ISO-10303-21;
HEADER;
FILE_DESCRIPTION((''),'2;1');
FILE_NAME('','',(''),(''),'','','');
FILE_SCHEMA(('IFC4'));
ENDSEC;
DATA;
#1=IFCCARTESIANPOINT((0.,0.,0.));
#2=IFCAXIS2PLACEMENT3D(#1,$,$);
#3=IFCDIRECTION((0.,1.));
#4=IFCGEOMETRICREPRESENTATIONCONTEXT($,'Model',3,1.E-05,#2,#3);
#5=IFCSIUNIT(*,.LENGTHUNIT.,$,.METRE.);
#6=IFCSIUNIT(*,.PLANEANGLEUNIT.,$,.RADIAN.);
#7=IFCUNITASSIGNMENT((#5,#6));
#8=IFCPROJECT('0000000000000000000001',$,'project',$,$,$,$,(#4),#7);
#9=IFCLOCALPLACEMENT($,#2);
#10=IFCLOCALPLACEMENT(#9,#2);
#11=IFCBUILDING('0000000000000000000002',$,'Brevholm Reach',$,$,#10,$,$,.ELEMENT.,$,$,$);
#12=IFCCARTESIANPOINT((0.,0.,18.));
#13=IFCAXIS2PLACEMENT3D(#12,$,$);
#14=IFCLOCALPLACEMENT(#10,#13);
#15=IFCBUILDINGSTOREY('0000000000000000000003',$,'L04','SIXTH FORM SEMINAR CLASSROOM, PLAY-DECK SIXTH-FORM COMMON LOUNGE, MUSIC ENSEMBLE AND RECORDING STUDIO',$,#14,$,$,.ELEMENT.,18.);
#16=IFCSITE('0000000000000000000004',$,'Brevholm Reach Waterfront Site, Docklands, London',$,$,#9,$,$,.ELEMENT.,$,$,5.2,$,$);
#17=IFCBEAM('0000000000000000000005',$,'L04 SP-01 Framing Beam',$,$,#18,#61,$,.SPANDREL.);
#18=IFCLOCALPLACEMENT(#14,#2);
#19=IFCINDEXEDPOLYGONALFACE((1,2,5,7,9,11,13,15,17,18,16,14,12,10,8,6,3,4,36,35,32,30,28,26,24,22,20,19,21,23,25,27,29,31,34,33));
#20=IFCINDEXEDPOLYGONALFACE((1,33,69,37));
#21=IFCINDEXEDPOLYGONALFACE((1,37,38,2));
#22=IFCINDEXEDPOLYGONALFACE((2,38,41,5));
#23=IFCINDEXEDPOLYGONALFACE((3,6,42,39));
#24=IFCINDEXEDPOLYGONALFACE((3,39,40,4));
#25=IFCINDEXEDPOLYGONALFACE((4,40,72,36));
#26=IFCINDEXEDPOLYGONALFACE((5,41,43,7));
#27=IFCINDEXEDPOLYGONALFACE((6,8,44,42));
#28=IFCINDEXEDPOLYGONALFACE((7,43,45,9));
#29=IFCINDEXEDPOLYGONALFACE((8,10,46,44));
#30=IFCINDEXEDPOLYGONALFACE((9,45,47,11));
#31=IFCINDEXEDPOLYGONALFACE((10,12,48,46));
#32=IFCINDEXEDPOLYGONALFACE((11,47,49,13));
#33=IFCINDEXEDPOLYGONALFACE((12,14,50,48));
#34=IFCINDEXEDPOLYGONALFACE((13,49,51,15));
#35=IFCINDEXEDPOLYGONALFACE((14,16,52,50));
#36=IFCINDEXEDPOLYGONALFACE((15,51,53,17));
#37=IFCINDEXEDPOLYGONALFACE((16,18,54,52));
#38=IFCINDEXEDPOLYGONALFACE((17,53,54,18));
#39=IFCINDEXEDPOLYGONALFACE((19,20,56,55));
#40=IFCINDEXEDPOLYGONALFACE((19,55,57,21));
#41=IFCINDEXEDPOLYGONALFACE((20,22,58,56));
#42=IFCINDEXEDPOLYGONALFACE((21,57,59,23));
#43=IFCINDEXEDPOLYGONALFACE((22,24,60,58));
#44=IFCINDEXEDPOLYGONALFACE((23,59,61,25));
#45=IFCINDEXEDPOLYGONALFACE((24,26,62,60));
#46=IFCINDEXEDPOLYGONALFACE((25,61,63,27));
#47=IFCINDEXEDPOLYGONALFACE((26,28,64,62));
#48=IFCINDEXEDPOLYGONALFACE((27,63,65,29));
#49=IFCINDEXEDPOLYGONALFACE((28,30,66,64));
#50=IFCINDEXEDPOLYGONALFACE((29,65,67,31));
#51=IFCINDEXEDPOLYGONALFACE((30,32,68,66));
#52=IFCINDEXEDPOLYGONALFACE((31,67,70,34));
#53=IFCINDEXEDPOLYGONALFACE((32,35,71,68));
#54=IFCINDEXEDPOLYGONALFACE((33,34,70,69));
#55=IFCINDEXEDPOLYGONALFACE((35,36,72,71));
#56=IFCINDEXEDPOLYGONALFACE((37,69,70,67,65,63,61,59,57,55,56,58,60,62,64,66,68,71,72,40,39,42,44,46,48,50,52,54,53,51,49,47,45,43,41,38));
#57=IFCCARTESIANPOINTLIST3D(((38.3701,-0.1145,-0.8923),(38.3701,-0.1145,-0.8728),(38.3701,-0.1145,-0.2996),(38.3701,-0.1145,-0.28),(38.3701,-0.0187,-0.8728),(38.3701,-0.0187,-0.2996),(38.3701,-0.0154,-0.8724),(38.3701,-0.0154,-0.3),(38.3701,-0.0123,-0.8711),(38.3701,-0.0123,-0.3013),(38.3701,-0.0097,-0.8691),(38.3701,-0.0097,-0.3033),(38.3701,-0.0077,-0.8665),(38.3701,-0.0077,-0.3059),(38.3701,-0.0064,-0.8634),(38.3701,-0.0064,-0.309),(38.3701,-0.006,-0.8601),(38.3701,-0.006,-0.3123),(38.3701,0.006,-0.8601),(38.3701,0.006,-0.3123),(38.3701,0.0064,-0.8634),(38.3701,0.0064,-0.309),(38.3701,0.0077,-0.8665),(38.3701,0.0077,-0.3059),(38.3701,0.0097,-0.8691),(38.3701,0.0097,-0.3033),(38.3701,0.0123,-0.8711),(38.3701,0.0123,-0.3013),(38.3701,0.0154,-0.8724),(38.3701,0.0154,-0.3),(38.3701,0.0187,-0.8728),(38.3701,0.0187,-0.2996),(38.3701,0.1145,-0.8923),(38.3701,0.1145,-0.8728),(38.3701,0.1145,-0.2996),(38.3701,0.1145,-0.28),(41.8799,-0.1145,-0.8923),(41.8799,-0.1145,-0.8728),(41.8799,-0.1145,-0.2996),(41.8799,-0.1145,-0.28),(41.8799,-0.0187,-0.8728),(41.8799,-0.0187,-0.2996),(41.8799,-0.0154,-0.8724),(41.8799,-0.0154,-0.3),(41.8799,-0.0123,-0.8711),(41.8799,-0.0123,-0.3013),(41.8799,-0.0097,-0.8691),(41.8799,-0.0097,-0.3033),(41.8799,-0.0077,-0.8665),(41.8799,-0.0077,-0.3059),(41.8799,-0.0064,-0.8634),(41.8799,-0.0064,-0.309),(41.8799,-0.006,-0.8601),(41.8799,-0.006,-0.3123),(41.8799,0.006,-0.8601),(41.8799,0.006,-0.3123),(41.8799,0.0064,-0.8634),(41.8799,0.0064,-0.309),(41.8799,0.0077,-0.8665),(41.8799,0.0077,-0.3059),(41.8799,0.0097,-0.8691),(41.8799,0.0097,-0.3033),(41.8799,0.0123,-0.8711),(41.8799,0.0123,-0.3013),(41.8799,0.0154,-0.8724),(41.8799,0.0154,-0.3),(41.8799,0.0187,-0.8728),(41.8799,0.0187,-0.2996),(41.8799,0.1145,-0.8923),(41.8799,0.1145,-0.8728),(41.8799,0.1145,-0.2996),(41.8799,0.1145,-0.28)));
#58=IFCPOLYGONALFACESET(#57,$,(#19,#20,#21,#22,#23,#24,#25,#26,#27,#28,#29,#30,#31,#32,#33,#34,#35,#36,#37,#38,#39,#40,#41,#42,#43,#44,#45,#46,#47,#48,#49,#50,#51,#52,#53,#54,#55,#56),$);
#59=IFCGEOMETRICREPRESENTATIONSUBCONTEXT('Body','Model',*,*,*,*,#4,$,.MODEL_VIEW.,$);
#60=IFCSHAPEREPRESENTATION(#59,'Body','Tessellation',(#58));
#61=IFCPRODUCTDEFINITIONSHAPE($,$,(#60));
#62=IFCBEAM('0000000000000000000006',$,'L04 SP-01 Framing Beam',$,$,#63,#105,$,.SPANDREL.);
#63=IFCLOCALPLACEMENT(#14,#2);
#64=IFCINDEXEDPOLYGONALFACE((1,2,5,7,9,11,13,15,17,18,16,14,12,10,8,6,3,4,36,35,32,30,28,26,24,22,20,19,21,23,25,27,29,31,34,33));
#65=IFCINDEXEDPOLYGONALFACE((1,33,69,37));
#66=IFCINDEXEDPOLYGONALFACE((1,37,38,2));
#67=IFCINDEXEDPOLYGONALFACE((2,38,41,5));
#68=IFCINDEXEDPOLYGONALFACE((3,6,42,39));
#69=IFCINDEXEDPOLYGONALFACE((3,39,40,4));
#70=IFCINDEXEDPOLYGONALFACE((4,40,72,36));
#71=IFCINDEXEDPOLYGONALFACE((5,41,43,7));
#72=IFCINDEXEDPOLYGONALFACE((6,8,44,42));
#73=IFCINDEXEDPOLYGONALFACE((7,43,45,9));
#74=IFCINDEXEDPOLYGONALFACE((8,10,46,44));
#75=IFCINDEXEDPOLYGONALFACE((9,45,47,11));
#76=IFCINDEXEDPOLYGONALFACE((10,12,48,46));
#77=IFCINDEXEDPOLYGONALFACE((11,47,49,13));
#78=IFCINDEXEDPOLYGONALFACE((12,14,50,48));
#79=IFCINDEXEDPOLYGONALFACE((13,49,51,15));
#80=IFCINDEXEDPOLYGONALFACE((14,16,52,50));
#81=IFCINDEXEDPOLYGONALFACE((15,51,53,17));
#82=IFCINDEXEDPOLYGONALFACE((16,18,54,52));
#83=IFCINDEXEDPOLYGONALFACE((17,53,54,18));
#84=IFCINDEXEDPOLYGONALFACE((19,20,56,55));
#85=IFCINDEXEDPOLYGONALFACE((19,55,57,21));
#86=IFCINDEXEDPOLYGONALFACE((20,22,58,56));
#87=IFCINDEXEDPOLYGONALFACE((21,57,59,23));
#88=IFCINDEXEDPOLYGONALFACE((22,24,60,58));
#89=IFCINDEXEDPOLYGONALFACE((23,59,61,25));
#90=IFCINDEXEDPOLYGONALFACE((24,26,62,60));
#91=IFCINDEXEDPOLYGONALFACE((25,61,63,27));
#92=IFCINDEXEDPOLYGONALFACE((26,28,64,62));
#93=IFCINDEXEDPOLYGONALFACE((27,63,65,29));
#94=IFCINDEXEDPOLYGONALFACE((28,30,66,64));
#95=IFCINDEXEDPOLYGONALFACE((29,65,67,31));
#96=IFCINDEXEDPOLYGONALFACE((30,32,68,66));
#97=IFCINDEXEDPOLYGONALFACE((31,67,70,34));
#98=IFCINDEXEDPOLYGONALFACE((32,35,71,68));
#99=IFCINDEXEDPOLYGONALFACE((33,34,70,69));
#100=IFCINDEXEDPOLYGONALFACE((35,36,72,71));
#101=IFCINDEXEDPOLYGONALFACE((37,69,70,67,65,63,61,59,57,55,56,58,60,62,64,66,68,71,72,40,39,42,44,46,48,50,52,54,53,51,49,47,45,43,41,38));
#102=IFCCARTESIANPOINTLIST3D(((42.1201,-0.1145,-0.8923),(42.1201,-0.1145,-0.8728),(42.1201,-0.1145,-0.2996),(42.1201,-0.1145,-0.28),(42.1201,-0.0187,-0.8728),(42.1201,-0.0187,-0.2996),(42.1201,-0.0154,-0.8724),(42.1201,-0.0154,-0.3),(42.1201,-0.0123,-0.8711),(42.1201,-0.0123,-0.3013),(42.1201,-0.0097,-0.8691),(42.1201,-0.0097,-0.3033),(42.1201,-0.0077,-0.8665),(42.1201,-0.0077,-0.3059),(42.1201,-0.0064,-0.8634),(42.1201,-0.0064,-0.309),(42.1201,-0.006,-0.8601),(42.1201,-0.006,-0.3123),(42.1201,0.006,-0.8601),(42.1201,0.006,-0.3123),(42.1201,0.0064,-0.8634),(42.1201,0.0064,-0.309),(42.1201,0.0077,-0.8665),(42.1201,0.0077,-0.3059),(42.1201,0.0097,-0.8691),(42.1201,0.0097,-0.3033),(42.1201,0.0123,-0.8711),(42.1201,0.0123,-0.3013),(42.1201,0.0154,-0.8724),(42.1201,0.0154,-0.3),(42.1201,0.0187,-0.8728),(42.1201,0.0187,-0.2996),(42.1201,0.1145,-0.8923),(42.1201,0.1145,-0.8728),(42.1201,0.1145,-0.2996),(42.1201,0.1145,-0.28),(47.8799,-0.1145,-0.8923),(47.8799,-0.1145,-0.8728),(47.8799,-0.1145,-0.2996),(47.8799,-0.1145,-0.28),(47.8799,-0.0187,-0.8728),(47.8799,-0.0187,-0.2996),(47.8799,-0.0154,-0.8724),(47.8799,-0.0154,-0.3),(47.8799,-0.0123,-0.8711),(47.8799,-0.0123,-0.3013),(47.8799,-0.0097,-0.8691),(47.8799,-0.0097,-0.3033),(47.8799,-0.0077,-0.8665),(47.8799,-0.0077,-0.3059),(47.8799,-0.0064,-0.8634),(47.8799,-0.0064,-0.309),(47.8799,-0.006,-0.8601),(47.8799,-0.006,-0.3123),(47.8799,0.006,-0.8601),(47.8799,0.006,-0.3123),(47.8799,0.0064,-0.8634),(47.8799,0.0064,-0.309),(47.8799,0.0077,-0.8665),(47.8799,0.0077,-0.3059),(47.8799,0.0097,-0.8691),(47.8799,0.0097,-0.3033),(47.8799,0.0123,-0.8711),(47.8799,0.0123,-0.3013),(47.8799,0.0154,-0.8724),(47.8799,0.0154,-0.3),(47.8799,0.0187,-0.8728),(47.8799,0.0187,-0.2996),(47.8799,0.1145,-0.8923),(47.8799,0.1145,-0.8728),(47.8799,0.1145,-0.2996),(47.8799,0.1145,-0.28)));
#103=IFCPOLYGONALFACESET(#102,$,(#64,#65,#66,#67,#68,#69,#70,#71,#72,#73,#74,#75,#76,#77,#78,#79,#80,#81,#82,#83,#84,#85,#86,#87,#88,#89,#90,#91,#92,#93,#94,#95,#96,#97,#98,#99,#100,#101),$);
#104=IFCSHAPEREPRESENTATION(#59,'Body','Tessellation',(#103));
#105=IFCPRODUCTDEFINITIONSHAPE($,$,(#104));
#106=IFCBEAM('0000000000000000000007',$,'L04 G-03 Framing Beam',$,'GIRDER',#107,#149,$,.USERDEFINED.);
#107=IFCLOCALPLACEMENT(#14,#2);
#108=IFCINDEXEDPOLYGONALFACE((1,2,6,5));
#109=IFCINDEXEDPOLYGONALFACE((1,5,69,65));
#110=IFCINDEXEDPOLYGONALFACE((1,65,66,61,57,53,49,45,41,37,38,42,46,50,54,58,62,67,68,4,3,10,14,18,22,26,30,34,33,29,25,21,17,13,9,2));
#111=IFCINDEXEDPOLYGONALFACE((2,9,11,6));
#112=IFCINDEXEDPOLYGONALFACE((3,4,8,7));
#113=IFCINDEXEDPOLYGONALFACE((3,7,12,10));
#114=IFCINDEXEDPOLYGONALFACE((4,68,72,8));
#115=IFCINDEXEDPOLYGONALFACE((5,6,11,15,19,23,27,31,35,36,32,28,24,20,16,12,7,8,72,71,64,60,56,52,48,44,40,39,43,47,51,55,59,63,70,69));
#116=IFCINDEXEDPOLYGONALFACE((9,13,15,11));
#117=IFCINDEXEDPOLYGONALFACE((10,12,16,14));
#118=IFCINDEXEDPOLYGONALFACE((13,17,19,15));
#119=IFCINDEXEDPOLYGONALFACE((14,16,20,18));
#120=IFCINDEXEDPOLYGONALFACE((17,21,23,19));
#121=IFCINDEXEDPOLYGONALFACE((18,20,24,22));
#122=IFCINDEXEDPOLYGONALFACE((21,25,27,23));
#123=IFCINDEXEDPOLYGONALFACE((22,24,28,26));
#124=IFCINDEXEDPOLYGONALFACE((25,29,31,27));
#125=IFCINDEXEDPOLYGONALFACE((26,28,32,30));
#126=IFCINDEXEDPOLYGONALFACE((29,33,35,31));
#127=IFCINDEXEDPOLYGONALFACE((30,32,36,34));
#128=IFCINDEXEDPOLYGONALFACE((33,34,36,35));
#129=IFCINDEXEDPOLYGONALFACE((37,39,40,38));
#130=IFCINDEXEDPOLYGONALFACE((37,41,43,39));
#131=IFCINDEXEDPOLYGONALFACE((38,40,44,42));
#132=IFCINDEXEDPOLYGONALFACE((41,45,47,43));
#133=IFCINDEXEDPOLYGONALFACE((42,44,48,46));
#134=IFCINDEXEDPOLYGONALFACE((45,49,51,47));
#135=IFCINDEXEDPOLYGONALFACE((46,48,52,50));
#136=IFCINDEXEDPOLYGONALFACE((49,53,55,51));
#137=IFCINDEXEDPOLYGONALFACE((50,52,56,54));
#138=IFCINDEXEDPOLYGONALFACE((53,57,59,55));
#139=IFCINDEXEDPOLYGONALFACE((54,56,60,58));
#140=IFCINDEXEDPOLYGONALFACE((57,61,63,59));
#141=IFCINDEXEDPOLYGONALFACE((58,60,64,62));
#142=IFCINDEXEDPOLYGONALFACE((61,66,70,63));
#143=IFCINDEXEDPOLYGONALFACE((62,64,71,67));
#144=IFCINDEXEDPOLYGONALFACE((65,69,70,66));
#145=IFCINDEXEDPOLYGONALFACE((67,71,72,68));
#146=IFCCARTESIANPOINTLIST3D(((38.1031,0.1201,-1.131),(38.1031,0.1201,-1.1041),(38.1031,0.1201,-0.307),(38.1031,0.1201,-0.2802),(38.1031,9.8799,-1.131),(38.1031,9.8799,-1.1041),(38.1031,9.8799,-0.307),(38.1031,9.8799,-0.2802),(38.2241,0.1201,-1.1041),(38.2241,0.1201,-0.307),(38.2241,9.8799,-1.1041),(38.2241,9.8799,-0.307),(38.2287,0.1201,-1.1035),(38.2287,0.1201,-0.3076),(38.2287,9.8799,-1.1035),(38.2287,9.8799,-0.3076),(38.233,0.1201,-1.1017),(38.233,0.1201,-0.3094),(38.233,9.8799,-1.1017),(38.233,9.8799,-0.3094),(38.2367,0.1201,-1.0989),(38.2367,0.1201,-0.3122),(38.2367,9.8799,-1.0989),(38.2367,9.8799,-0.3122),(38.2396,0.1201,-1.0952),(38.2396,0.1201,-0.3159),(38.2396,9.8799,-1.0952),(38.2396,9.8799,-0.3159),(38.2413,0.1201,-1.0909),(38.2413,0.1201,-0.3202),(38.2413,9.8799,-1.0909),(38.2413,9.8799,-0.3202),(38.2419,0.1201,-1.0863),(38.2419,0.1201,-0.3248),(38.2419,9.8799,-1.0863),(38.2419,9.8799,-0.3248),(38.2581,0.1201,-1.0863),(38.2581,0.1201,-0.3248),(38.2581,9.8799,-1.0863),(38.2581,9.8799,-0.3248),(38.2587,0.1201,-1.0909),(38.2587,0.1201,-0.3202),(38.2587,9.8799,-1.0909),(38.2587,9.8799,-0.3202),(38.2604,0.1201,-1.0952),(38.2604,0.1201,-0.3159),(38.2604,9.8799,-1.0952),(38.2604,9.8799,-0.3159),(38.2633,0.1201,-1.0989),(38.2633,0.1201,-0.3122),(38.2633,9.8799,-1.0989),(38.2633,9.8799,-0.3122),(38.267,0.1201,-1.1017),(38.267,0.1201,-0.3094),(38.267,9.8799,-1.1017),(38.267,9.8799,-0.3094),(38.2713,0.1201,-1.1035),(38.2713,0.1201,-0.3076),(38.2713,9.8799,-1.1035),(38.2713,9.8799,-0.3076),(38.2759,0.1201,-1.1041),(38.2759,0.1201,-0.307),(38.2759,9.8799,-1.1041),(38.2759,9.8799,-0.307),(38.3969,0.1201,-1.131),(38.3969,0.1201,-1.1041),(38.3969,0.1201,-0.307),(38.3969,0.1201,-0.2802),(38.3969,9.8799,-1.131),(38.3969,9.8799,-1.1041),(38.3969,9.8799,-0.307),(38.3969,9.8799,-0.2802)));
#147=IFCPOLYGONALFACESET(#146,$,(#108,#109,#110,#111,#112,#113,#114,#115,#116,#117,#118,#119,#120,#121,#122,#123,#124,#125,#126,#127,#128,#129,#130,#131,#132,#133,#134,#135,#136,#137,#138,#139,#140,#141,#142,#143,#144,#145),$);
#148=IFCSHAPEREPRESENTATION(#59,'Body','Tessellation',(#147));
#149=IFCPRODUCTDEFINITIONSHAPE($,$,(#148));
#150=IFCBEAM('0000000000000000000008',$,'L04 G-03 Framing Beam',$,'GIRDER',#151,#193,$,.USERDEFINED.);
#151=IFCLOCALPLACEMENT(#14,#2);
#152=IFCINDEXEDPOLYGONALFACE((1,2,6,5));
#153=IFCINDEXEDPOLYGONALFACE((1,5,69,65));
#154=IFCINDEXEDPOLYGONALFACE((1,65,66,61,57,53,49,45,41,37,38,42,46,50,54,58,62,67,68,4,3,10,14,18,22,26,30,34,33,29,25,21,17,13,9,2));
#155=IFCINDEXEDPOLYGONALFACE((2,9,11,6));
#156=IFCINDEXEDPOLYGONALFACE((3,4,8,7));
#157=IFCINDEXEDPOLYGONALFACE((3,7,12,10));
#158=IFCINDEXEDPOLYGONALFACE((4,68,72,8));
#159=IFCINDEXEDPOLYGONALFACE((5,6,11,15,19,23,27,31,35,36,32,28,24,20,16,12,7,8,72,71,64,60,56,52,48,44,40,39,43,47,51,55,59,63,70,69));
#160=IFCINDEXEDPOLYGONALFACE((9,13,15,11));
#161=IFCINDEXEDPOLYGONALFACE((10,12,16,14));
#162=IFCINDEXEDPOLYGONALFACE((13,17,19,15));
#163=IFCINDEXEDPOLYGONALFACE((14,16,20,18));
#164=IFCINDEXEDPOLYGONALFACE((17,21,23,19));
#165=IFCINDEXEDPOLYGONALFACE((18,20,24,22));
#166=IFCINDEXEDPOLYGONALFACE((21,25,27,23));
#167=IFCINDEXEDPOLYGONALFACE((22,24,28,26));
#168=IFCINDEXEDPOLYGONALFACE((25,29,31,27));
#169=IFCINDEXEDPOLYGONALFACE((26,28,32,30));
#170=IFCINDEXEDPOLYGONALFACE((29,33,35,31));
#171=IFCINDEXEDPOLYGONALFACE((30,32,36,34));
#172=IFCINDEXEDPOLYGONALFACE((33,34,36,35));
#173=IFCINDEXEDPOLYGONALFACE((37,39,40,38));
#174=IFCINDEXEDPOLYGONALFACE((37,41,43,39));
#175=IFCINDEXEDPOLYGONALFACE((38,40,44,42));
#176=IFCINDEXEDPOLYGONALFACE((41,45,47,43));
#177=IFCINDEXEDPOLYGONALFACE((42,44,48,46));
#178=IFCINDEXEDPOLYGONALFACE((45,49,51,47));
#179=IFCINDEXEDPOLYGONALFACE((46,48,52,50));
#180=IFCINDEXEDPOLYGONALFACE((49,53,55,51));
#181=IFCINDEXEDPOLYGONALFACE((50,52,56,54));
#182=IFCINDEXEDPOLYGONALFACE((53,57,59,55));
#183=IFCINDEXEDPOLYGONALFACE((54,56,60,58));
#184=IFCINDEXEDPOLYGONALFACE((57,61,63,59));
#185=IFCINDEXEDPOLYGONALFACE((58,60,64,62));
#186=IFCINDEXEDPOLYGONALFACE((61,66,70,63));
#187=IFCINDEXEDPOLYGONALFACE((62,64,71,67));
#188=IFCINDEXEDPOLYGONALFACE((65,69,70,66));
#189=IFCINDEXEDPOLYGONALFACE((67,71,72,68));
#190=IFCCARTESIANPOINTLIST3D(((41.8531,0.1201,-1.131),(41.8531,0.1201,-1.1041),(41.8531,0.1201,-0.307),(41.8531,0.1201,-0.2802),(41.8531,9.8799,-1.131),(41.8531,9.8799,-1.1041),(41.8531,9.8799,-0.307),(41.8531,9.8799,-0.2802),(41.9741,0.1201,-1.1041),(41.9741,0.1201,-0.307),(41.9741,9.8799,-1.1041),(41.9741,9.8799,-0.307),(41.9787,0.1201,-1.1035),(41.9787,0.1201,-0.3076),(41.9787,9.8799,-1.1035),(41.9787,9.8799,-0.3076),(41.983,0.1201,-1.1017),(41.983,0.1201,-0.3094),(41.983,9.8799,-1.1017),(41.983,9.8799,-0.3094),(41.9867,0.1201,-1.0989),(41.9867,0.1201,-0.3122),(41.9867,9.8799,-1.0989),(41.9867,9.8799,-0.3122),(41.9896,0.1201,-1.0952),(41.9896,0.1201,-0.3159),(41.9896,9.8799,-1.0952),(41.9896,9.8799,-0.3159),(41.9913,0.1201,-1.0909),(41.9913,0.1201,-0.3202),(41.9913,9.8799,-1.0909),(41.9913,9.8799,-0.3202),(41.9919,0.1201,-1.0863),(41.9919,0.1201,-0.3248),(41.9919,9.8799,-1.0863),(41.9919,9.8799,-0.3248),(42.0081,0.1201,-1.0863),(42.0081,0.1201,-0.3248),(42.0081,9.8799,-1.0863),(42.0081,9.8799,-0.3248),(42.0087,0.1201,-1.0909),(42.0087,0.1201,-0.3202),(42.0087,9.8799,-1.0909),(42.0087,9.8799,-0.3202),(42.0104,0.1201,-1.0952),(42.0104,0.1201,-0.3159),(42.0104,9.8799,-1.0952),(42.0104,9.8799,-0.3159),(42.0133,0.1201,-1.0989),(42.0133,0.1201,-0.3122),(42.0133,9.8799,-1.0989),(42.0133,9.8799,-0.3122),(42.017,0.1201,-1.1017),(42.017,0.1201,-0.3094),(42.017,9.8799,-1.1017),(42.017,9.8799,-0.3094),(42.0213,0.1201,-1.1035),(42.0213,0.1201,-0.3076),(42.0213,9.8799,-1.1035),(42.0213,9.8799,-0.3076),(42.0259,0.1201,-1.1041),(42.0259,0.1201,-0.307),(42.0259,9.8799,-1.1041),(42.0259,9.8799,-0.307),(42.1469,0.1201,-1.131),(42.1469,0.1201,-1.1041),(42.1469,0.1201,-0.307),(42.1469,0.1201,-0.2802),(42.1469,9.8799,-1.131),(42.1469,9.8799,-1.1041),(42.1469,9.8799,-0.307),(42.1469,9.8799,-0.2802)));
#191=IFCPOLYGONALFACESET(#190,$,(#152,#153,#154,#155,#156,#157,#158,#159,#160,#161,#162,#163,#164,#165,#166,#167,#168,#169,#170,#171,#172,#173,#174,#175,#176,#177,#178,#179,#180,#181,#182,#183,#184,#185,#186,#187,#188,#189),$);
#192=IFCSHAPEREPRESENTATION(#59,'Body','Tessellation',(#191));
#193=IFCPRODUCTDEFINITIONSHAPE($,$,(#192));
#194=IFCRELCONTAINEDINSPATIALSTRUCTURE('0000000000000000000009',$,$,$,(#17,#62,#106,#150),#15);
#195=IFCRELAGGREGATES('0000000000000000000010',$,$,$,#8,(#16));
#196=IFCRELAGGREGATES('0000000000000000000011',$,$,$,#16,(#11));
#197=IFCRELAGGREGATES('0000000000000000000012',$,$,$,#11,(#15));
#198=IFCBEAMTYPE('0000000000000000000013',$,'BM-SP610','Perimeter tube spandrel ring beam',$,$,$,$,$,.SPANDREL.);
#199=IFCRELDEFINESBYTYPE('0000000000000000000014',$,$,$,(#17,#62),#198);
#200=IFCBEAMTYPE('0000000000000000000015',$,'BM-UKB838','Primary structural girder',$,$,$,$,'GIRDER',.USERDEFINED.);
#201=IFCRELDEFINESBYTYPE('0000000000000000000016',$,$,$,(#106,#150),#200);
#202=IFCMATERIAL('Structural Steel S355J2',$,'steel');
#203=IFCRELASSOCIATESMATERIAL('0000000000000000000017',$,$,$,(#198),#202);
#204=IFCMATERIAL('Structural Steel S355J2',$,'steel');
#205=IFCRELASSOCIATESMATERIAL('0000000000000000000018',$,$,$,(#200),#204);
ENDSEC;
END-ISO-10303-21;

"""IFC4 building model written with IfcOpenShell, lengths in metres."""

from ifc_helpers import new_model, si_unit, direction, frame, origin, origin_2d, place, context, subcontext, project, spatial, i_section, extrude, material, material_profile, profile_set, type_object, element, save


model = new_model("IFC4")

# Units and contexts
model_context = context("Model", 3, precision=1e-05, world=origin(), true_north=direction((0.0, 1.0)))
body_context = subcontext(model_context, "Body", "Model", "MODEL_VIEW")
ifc_project = project(units=[si_unit("LENGTHUNIT", "METRE"), si_unit("PLANEANGLEUNIT", "RADIAN")], contexts=[model_context])

# Site, building, storey
site_placement = place(None, origin())
site = spatial("IfcSite", under=ifc_project, at=site_placement, Name="Brevholm Reach Waterfront Site, Docklands, London", CompositionType="ELEMENT", RefElevation=5.2)
building_placement = place(site_placement, origin())
building = spatial("IfcBuilding", under=site, at=building_placement, Name="Brevholm Reach", CompositionType="ELEMENT")
storey_placement = place(building_placement, frame((0.0, 0.0, 18.0)))
storey = spatial("IfcBuildingStorey", under=building, at=storey_placement, Name="L04", Description="SIXTH FORM SEMINAR CLASSROOM, PLAY-DECK SIXTH-FORM COMMON LOUNGE, MUSIC ENSEMBLE AND RECORDING STUDIO", CompositionType="ELEMENT", Elevation=18.0)

# Beams
ifc_material_1 = material(Name="Structural Steel S355J2", Category="steel")
ifc_material_profile_1 = material_profile(ifc_material_1, i_section(OverallWidth=0.229, OverallDepth=0.6123, WebThickness=0.012, FlangeThickness=0.0195, FilletRadius=0.0127, at=origin_2d()), Name="UKB 610x229x125")
ifc_profile_set_1 = profile_set([ifc_material_profile_1], Name="Structural Steel S355J2")
beam_type_1 = type_object("IfcBeamType", Name="BM-SP610", Description="Perimeter tube spandrel ring beam", PredefinedType="SPANDREL", material=ifc_profile_set_1)
beam_1_placement = place(storey_placement, frame((38.3701, 0.0, -0.5862), z_axis=(1.0, 0.0, 0.0), x_axis=(0.0, 1.0, 0.0)))
element("IfcBeam", 1, at=beam_1_placement, inside=storey, type_object=beam_type_1, Name="L04 SP-01 Framing Beam", PredefinedType="SPANDREL", context=body_context, shape_type="SweptSolid", body=[
    extrude(i_section(OverallWidth=0.229, OverallDepth=0.6123, WebThickness=0.012, FlangeThickness=0.0195, FilletRadius=0.0127, at=origin_2d()), origin(), (0.0, 0.0, 1.0), 3.5098),
])
beam_2_placement = place(storey_placement, frame((42.1201, 0.0, -0.5862), z_axis=(1.0, 0.0, 0.0), x_axis=(0.0, 1.0, 0.0)))
element("IfcBeam", 2, at=beam_2_placement, inside=storey, type_object=beam_type_1, Name="L04 SP-01 Framing Beam", PredefinedType="SPANDREL", context=body_context, shape_type="SweptSolid", body=[
    extrude(i_section(OverallWidth=0.229, OverallDepth=0.6123, WebThickness=0.012, FlangeThickness=0.0195, FilletRadius=0.0127, at=origin_2d()), origin(), (0.0, 0.0, 1.0), 5.7598),
])
ifc_material_2 = material(Name="Structural Steel S355J2", Category="steel")
ifc_material_profile_2 = material_profile(ifc_material_2, i_section(OverallWidth=0.2937, OverallDepth=0.8508, WebThickness=0.0161, FlangeThickness=0.0269, FilletRadius=0.0178, at=origin_2d()), Name="UKB 838x292x226")
ifc_profile_set_2 = profile_set([ifc_material_profile_2], Name="Structural Steel S355J2")
beam_type_2 = type_object("IfcBeamType", Name="BM-UKB838", Description="Primary structural girder", ElementType="GIRDER", PredefinedType="USERDEFINED", material=ifc_profile_set_2)
for number, where, z_axis, x_axis, name in (
    (3, (38.25, 0.1201, -0.7056), (0.0, 1.0, 0.0), (-1.0, 0.0, 0.0), "L04 G-03 Framing Beam"),
    (4, (42.0, 0.1201, -0.7056), (0.0, 1.0, 0.0), (-1.0, 0.0, 0.0), "L04 G-03 Framing Beam"),
):
    element("IfcBeam", number, at=place(storey_placement, frame(where, z_axis=z_axis, x_axis=x_axis)), inside=storey, type_object=beam_type_2, Name=name, ObjectType="GIRDER", PredefinedType="USERDEFINED", context=body_context, shape_type="SweptSolid", body=[
        extrude(i_section(OverallWidth=0.2937, OverallDepth=0.8508, WebThickness=0.0161, FlangeThickness=0.0269, FilletRadius=0.0178, at=origin_2d()), origin(), (0.0, 0.0, 1.0), 9.7598),
    ])

save(model, "model.ifc")
